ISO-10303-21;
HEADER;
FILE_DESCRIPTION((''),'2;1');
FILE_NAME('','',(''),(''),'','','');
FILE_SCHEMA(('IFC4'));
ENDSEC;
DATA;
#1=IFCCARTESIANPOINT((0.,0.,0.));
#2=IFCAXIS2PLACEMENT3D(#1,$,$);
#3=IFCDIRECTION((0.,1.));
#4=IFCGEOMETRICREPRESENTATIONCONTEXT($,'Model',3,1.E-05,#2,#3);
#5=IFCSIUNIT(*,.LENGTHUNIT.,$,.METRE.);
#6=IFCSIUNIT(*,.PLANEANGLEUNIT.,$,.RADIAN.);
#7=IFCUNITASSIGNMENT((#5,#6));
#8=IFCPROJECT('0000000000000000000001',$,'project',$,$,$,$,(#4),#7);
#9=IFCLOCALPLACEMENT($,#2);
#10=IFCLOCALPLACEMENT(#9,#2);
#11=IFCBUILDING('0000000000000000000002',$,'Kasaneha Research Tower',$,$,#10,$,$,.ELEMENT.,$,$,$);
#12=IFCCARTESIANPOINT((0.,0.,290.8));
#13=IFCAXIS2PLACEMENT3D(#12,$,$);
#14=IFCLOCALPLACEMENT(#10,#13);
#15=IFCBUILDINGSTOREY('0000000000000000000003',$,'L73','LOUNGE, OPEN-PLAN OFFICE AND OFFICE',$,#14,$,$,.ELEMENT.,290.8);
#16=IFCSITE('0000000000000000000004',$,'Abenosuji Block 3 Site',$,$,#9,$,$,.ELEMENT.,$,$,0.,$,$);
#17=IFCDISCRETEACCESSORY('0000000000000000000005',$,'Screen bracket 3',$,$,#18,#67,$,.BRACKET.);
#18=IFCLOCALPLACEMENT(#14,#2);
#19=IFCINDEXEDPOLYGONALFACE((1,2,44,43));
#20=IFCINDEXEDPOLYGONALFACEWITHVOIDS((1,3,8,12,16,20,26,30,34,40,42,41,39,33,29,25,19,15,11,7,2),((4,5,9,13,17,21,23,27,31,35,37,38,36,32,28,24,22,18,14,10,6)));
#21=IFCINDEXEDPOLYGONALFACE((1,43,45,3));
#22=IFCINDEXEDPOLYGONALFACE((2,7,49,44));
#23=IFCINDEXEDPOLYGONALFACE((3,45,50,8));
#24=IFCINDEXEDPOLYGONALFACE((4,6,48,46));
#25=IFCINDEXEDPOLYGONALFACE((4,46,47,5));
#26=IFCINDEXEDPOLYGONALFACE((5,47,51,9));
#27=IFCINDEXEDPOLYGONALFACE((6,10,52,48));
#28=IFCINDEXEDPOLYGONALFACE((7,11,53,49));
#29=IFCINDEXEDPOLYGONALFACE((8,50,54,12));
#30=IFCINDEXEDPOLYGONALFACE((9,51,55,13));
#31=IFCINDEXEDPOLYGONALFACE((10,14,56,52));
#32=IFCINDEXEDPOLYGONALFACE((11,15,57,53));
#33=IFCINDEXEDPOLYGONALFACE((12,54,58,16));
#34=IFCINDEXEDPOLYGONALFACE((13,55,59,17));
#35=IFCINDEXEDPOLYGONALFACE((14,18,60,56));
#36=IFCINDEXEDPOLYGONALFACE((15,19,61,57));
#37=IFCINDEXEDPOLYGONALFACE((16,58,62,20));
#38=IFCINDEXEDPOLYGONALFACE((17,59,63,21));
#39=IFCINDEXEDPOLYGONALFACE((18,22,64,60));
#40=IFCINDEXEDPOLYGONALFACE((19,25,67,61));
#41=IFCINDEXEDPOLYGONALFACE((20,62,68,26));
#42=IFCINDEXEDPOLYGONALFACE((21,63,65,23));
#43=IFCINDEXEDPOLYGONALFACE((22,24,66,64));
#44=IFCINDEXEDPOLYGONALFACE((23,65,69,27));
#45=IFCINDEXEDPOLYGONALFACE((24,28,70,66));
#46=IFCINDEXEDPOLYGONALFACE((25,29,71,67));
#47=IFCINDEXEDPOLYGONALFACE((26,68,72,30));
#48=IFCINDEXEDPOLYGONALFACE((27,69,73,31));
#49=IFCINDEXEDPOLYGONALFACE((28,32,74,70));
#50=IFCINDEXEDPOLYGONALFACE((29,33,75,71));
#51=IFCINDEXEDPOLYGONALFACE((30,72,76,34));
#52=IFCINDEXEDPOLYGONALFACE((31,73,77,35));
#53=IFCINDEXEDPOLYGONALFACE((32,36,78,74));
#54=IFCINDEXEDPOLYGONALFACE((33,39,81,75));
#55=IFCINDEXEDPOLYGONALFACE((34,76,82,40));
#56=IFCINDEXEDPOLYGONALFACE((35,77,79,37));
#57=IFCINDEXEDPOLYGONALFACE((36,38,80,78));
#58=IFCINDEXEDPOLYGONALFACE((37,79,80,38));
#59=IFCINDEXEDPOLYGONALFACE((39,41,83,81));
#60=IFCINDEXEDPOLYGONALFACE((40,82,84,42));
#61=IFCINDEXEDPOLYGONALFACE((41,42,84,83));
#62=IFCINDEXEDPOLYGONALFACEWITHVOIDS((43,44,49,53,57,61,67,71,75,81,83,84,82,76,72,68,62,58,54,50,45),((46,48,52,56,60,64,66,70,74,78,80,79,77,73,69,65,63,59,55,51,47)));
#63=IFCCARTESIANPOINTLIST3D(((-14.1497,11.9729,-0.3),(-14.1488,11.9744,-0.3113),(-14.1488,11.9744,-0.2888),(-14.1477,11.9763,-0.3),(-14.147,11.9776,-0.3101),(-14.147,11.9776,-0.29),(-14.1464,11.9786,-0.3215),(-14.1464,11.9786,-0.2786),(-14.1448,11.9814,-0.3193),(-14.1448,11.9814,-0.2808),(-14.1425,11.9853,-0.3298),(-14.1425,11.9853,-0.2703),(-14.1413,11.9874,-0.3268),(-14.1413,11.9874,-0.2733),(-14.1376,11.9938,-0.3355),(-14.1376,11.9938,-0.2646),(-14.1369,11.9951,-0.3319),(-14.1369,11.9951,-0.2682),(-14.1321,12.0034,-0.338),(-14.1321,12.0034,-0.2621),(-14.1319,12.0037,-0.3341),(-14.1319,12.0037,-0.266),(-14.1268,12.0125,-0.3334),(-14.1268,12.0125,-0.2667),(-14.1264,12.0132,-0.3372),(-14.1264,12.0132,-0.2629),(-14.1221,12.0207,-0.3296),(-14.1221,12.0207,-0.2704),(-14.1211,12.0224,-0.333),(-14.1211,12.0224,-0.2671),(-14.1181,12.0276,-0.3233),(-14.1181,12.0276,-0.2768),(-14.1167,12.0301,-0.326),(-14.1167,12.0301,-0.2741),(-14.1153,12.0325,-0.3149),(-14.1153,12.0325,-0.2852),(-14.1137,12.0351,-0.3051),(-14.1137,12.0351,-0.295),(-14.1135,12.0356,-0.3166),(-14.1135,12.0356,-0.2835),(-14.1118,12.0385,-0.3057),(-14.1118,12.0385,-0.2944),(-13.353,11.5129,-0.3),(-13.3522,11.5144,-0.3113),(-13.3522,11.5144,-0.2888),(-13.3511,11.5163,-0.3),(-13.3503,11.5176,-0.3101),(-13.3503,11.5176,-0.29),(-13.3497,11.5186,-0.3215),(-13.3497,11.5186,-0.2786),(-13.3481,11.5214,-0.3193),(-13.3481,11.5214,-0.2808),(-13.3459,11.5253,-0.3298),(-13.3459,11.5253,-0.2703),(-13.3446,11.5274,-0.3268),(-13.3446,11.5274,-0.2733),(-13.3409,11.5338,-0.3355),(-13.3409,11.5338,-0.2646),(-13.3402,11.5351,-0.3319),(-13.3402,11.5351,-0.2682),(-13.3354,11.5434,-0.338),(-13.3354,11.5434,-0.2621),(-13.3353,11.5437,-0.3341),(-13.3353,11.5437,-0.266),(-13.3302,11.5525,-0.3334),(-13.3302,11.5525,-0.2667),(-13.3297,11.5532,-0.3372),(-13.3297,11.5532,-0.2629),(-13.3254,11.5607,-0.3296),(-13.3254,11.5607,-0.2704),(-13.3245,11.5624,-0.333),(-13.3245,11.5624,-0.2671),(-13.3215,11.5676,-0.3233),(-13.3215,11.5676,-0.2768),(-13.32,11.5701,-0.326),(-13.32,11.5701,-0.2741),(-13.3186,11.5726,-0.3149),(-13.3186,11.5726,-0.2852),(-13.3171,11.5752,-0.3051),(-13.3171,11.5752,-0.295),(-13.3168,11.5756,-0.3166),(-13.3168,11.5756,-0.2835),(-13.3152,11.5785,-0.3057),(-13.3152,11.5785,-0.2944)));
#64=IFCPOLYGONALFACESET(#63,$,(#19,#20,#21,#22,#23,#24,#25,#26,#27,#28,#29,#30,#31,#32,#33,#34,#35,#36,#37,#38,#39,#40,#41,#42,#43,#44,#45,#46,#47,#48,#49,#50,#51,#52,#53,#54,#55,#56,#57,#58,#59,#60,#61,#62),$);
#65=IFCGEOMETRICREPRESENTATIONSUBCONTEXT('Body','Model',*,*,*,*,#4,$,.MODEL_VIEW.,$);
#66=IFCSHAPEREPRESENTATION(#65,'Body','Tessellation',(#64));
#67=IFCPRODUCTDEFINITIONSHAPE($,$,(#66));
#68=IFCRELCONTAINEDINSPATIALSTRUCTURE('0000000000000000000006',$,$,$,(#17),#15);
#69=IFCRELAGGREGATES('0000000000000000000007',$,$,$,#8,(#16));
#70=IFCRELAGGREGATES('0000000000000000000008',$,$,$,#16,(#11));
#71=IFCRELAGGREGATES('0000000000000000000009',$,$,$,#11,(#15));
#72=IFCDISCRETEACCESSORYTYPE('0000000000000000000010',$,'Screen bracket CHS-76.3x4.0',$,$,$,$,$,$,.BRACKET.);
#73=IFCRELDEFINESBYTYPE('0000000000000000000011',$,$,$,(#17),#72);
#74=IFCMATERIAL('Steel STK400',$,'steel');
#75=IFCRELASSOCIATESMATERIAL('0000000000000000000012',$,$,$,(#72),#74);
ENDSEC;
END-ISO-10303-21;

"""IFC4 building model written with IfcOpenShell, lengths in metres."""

from ifc_helpers import new_model, si_unit, direction, frame, origin, origin_2d, place, context, subcontext, project, spatial, hollow_circle, extrude, material, material_profile, profile_set, type_object, element, save


model = new_model("IFC4")

# Units and contexts
model_context = context("Model", 3, precision=1e-05, world=origin(), true_north=direction((0.0, 1.0)))
body_context = subcontext(model_context, "Body", "Model", "MODEL_VIEW")
ifc_project = project(units=[si_unit("LENGTHUNIT", "METRE"), si_unit("PLANEANGLEUNIT", "RADIAN")], contexts=[model_context])

# Site, building, storey
site_placement = place(None, origin())
site = spatial("IfcSite", under=ifc_project, at=site_placement, Name="Abenosuji Block 3 Site", CompositionType="ELEMENT", RefElevation=0.0)
building_placement = place(site_placement, origin())
building = spatial("IfcBuilding", under=site, at=building_placement, Name="Kasaneha Research Tower", CompositionType="ELEMENT")
storey_placement = place(building_placement, frame((0.0, 0.0, 290.8)))
storey = spatial("IfcBuildingStorey", under=building, at=storey_placement, Name="L73", Description="LOUNGE, OPEN-PLAN OFFICE AND OFFICE", CompositionType="ELEMENT", Elevation=290.8)

# Discrete accessory
ifc_material_1 = material(Name="Steel STK400", Category="steel")
ifc_material_profile_1 = material_profile(ifc_material_1, hollow_circle(Radius=0.0381, WallThickness=0.0039, at=origin_2d()), Name="CHS-76.3x4.0")
ifc_profile_set_1 = profile_set([ifc_material_profile_1], Name="Steel STK400")
discrete_accessory_type = type_object("IfcDiscreteAccessoryType", Name="Screen bracket CHS-76.3x4.0", PredefinedType="BRACKET", material=ifc_profile_set_1)
for number, where, z_axis, x_axis, name in (
    (1, (-13.334, 11.5459, -0.3), (-0.866013, 0.500021, 0.0), (-0.500021, -0.866013, 0.0), "Screen bracket 3"),
):
    element("IfcDiscreteAccessory", number, at=place(storey_placement, frame(where, z_axis=z_axis, x_axis=x_axis)), inside=storey, type_object=discrete_accessory_type, Name=name, PredefinedType="BRACKET", context=body_context, shape_type="SweptSolid", body=[
        extrude(hollow_circle(Radius=0.0381, WallThickness=0.0039, at=origin_2d()), origin(), (0.0, 0.0, 1.0), 0.9199),
    ])

save(model, "model.ifc")
